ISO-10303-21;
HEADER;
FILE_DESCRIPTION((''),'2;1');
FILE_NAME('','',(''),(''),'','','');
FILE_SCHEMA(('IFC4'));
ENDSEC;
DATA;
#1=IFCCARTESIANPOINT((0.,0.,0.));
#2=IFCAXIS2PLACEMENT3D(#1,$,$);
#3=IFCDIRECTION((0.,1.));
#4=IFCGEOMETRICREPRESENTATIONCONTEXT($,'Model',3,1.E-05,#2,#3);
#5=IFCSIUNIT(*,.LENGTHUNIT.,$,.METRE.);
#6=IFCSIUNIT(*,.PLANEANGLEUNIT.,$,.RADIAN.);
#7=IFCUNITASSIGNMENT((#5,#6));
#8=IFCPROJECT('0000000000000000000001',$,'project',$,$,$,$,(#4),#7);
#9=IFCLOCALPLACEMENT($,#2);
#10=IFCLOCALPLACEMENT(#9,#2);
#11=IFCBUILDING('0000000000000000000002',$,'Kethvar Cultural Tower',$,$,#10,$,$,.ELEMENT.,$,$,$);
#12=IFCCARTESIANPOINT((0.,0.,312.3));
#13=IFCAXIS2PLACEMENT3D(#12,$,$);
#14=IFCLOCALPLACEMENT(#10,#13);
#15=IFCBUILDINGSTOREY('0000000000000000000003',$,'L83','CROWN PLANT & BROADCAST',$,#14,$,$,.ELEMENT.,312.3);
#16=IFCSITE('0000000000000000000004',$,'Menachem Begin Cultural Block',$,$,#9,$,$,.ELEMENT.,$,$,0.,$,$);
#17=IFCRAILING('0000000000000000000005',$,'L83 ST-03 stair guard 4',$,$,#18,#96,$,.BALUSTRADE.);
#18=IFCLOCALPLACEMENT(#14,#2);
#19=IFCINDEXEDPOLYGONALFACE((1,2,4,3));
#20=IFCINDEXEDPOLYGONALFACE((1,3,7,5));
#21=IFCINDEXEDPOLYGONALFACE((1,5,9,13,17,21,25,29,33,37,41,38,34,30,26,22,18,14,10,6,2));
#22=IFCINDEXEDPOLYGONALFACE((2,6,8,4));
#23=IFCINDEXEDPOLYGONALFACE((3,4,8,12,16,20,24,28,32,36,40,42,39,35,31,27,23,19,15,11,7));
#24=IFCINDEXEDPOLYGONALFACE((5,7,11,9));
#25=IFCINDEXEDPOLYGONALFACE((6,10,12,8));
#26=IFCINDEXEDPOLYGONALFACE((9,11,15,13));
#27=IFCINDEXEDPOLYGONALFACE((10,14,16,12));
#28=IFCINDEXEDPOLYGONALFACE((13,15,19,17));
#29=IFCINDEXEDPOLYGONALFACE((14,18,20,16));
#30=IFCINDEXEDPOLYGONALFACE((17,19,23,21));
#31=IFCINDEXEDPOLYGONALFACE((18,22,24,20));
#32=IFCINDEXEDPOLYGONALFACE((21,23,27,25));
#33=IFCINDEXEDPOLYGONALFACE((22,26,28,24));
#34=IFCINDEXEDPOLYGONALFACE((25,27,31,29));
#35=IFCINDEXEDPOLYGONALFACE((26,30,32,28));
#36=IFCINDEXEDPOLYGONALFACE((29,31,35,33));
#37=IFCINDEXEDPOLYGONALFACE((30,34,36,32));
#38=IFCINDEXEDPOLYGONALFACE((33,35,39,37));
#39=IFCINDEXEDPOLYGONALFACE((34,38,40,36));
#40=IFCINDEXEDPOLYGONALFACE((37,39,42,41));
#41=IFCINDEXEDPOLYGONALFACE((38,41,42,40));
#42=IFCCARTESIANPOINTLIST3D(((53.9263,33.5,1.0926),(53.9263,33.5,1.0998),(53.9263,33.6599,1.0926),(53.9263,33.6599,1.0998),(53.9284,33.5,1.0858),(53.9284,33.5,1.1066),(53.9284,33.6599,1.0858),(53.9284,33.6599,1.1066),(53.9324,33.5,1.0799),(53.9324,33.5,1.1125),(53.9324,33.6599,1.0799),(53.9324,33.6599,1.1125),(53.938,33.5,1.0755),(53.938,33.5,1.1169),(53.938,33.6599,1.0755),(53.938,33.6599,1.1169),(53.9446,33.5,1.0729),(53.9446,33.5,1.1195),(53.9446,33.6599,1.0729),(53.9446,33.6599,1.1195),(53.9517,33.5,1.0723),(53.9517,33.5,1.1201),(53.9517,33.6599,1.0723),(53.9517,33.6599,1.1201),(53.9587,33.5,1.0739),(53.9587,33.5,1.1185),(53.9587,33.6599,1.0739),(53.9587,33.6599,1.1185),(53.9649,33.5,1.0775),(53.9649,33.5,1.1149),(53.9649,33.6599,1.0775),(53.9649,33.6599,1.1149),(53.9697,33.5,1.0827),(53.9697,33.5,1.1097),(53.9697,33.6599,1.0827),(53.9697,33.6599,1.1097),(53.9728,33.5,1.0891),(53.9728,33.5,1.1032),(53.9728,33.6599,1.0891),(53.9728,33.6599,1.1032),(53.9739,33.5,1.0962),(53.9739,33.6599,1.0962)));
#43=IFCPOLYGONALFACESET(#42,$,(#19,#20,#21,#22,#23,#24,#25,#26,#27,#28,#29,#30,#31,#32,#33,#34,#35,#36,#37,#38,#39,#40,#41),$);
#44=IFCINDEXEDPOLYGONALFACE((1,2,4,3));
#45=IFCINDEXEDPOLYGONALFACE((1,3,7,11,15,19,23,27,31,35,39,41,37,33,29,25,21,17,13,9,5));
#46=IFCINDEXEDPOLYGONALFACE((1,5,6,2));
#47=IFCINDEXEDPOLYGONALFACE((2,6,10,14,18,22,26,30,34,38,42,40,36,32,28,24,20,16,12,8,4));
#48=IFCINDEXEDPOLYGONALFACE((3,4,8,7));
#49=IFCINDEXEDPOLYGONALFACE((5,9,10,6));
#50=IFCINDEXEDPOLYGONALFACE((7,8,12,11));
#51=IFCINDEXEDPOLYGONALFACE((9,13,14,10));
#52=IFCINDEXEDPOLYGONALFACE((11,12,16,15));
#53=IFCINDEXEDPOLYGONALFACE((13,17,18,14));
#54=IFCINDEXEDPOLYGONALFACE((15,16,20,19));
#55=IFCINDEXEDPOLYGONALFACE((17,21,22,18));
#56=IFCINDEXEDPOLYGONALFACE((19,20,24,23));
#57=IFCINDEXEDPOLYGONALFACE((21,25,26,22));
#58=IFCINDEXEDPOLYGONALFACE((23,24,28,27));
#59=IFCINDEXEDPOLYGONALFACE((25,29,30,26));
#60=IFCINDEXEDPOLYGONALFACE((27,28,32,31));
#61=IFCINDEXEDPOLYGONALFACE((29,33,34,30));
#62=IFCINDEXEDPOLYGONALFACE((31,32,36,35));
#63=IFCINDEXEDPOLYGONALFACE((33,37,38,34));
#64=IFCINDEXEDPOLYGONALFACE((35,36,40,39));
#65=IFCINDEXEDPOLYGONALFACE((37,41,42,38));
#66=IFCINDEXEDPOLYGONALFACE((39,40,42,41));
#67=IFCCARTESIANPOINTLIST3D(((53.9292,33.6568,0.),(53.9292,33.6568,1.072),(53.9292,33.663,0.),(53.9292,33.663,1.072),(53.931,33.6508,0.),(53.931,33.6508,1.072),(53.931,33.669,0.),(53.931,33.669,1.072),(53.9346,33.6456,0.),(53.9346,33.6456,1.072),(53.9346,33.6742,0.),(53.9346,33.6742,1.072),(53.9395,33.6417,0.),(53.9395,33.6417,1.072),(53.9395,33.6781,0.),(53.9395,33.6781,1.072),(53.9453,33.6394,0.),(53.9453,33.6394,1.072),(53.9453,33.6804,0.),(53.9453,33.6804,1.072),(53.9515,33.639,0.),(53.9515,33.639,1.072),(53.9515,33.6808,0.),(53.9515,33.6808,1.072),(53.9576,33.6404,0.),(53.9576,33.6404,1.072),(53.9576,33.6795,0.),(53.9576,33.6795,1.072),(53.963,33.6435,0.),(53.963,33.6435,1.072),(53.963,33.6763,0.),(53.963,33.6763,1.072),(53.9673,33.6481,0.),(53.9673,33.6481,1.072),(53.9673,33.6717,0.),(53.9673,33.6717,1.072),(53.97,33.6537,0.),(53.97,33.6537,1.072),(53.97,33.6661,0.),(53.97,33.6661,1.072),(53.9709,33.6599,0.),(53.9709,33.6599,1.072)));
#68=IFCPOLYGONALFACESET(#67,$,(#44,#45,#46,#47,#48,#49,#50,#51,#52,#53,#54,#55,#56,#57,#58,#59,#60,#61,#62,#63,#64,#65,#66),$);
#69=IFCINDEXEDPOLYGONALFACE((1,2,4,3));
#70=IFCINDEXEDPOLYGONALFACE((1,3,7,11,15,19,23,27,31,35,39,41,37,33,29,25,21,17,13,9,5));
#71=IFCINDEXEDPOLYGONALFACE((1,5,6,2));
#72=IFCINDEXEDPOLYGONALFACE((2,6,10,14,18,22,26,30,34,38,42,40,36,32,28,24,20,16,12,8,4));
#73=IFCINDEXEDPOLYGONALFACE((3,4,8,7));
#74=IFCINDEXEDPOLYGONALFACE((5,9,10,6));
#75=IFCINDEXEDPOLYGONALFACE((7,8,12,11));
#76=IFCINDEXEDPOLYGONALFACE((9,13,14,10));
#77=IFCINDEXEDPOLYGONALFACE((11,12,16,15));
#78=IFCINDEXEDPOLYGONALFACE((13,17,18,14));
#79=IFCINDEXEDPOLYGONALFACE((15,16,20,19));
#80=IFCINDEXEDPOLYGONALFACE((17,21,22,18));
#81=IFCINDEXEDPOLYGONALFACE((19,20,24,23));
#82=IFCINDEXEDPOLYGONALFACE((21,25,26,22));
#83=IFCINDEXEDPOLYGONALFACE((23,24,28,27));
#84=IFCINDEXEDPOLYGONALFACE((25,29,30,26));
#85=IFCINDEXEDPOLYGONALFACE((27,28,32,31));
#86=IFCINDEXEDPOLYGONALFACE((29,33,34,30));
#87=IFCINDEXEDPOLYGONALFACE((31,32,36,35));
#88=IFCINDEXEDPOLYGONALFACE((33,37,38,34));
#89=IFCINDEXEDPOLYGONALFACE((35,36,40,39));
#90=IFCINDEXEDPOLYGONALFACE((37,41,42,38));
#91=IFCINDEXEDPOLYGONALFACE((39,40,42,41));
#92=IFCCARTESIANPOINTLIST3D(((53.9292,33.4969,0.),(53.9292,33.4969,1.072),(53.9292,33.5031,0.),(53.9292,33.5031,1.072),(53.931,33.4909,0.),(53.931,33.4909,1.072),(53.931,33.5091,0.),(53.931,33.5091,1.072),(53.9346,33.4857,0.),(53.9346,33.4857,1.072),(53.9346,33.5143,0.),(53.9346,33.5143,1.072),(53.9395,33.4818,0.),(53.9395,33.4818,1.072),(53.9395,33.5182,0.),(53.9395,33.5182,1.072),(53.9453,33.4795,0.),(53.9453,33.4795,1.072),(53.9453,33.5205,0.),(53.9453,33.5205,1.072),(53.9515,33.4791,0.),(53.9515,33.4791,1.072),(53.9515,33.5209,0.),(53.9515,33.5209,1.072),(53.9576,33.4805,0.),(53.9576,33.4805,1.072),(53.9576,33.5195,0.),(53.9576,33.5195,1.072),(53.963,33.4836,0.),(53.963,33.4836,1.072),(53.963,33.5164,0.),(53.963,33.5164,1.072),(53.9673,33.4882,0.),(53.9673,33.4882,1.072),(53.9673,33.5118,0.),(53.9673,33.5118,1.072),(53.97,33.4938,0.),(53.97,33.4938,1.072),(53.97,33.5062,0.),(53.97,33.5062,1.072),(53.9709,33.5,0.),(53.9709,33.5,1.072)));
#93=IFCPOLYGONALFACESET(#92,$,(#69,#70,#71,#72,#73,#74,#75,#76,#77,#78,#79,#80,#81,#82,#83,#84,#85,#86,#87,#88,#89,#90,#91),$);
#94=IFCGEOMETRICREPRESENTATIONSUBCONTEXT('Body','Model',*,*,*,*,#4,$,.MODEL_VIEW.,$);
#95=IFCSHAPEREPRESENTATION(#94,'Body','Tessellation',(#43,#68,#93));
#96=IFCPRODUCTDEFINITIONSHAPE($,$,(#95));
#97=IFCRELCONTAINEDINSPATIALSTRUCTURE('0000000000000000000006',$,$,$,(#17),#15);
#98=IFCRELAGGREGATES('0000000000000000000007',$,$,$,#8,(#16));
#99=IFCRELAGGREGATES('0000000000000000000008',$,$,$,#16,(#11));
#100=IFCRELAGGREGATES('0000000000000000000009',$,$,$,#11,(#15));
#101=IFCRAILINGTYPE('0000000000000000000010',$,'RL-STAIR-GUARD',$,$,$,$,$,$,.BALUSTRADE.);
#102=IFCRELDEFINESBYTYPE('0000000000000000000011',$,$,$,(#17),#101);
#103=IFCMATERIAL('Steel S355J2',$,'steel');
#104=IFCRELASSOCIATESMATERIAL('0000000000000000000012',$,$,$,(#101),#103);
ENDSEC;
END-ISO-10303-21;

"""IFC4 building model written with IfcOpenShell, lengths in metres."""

from ifc_helpers import new_model, si_unit, direction, frame, origin, origin_2d, place, context, subcontext, project, spatial, circle, extrude, material, type_object, element, save


model = new_model("IFC4")

# Units and contexts
model_context = context("Model", 3, precision=1e-05, world=origin(), true_north=direction((0.0, 1.0)))
body_context = subcontext(model_context, "Body", "Model", "MODEL_VIEW")
ifc_project = project(units=[si_unit("LENGTHUNIT", "METRE"), si_unit("PLANEANGLEUNIT", "RADIAN")], contexts=[model_context])

# Site, building, storey
site_placement = place(None, origin())
site = spatial("IfcSite", under=ifc_project, at=site_placement, Name="Menachem Begin Cultural Block", CompositionType="ELEMENT", RefElevation=0.0)
building_placement = place(site_placement, origin())
building = spatial("IfcBuilding", under=site, at=building_placement, Name="Kethvar Cultural Tower", CompositionType="ELEMENT")
storey_placement = place(building_placement, frame((0.0, 0.0, 312.3)))
storey = spatial("IfcBuildingStorey", under=building, at=storey_placement, Name="L83", Description="CROWN PLANT & BROADCAST", CompositionType="ELEMENT", Elevation=312.3)

# Shared definitions
ifc_material_1 = material(Name="Steel S355J2", Category="steel")

# Railing
railing_type_1 = type_object("IfcRailingType", Name="RL-STAIR-GUARD", PredefinedType="BALUSTRADE", material=ifc_material_1)
railing_1_placement = place(storey_placement, frame((53.95, 33.6599, 0.0)))
element("IfcRailing", 1, at=railing_1_placement, inside=storey, type_object=railing_type_1, Name="L83 ST-03 stair guard 4", PredefinedType="BALUSTRADE", context=body_context, shape_type="SweptSolid", body=[
    extrude(circle(Radius=0.0239, at=origin_2d()), frame((0.0, 0.0, 1.0962), z_axis=(0.0, -1.0, 0.0), x_axis=(1.0, 0.0, 0.0)), (0.0, 0.0, 1.0), 0.1599),
    extrude(circle(Radius=0.021, at=origin_2d()), origin(), (0.0, 0.0, 1.0), 1.072),
    extrude(circle(Radius=0.021, at=origin_2d()), frame((0.0, -0.1599, 0.0)), (0.0, 0.0, 1.0), 1.072),
])

save(model, "model.ifc")
